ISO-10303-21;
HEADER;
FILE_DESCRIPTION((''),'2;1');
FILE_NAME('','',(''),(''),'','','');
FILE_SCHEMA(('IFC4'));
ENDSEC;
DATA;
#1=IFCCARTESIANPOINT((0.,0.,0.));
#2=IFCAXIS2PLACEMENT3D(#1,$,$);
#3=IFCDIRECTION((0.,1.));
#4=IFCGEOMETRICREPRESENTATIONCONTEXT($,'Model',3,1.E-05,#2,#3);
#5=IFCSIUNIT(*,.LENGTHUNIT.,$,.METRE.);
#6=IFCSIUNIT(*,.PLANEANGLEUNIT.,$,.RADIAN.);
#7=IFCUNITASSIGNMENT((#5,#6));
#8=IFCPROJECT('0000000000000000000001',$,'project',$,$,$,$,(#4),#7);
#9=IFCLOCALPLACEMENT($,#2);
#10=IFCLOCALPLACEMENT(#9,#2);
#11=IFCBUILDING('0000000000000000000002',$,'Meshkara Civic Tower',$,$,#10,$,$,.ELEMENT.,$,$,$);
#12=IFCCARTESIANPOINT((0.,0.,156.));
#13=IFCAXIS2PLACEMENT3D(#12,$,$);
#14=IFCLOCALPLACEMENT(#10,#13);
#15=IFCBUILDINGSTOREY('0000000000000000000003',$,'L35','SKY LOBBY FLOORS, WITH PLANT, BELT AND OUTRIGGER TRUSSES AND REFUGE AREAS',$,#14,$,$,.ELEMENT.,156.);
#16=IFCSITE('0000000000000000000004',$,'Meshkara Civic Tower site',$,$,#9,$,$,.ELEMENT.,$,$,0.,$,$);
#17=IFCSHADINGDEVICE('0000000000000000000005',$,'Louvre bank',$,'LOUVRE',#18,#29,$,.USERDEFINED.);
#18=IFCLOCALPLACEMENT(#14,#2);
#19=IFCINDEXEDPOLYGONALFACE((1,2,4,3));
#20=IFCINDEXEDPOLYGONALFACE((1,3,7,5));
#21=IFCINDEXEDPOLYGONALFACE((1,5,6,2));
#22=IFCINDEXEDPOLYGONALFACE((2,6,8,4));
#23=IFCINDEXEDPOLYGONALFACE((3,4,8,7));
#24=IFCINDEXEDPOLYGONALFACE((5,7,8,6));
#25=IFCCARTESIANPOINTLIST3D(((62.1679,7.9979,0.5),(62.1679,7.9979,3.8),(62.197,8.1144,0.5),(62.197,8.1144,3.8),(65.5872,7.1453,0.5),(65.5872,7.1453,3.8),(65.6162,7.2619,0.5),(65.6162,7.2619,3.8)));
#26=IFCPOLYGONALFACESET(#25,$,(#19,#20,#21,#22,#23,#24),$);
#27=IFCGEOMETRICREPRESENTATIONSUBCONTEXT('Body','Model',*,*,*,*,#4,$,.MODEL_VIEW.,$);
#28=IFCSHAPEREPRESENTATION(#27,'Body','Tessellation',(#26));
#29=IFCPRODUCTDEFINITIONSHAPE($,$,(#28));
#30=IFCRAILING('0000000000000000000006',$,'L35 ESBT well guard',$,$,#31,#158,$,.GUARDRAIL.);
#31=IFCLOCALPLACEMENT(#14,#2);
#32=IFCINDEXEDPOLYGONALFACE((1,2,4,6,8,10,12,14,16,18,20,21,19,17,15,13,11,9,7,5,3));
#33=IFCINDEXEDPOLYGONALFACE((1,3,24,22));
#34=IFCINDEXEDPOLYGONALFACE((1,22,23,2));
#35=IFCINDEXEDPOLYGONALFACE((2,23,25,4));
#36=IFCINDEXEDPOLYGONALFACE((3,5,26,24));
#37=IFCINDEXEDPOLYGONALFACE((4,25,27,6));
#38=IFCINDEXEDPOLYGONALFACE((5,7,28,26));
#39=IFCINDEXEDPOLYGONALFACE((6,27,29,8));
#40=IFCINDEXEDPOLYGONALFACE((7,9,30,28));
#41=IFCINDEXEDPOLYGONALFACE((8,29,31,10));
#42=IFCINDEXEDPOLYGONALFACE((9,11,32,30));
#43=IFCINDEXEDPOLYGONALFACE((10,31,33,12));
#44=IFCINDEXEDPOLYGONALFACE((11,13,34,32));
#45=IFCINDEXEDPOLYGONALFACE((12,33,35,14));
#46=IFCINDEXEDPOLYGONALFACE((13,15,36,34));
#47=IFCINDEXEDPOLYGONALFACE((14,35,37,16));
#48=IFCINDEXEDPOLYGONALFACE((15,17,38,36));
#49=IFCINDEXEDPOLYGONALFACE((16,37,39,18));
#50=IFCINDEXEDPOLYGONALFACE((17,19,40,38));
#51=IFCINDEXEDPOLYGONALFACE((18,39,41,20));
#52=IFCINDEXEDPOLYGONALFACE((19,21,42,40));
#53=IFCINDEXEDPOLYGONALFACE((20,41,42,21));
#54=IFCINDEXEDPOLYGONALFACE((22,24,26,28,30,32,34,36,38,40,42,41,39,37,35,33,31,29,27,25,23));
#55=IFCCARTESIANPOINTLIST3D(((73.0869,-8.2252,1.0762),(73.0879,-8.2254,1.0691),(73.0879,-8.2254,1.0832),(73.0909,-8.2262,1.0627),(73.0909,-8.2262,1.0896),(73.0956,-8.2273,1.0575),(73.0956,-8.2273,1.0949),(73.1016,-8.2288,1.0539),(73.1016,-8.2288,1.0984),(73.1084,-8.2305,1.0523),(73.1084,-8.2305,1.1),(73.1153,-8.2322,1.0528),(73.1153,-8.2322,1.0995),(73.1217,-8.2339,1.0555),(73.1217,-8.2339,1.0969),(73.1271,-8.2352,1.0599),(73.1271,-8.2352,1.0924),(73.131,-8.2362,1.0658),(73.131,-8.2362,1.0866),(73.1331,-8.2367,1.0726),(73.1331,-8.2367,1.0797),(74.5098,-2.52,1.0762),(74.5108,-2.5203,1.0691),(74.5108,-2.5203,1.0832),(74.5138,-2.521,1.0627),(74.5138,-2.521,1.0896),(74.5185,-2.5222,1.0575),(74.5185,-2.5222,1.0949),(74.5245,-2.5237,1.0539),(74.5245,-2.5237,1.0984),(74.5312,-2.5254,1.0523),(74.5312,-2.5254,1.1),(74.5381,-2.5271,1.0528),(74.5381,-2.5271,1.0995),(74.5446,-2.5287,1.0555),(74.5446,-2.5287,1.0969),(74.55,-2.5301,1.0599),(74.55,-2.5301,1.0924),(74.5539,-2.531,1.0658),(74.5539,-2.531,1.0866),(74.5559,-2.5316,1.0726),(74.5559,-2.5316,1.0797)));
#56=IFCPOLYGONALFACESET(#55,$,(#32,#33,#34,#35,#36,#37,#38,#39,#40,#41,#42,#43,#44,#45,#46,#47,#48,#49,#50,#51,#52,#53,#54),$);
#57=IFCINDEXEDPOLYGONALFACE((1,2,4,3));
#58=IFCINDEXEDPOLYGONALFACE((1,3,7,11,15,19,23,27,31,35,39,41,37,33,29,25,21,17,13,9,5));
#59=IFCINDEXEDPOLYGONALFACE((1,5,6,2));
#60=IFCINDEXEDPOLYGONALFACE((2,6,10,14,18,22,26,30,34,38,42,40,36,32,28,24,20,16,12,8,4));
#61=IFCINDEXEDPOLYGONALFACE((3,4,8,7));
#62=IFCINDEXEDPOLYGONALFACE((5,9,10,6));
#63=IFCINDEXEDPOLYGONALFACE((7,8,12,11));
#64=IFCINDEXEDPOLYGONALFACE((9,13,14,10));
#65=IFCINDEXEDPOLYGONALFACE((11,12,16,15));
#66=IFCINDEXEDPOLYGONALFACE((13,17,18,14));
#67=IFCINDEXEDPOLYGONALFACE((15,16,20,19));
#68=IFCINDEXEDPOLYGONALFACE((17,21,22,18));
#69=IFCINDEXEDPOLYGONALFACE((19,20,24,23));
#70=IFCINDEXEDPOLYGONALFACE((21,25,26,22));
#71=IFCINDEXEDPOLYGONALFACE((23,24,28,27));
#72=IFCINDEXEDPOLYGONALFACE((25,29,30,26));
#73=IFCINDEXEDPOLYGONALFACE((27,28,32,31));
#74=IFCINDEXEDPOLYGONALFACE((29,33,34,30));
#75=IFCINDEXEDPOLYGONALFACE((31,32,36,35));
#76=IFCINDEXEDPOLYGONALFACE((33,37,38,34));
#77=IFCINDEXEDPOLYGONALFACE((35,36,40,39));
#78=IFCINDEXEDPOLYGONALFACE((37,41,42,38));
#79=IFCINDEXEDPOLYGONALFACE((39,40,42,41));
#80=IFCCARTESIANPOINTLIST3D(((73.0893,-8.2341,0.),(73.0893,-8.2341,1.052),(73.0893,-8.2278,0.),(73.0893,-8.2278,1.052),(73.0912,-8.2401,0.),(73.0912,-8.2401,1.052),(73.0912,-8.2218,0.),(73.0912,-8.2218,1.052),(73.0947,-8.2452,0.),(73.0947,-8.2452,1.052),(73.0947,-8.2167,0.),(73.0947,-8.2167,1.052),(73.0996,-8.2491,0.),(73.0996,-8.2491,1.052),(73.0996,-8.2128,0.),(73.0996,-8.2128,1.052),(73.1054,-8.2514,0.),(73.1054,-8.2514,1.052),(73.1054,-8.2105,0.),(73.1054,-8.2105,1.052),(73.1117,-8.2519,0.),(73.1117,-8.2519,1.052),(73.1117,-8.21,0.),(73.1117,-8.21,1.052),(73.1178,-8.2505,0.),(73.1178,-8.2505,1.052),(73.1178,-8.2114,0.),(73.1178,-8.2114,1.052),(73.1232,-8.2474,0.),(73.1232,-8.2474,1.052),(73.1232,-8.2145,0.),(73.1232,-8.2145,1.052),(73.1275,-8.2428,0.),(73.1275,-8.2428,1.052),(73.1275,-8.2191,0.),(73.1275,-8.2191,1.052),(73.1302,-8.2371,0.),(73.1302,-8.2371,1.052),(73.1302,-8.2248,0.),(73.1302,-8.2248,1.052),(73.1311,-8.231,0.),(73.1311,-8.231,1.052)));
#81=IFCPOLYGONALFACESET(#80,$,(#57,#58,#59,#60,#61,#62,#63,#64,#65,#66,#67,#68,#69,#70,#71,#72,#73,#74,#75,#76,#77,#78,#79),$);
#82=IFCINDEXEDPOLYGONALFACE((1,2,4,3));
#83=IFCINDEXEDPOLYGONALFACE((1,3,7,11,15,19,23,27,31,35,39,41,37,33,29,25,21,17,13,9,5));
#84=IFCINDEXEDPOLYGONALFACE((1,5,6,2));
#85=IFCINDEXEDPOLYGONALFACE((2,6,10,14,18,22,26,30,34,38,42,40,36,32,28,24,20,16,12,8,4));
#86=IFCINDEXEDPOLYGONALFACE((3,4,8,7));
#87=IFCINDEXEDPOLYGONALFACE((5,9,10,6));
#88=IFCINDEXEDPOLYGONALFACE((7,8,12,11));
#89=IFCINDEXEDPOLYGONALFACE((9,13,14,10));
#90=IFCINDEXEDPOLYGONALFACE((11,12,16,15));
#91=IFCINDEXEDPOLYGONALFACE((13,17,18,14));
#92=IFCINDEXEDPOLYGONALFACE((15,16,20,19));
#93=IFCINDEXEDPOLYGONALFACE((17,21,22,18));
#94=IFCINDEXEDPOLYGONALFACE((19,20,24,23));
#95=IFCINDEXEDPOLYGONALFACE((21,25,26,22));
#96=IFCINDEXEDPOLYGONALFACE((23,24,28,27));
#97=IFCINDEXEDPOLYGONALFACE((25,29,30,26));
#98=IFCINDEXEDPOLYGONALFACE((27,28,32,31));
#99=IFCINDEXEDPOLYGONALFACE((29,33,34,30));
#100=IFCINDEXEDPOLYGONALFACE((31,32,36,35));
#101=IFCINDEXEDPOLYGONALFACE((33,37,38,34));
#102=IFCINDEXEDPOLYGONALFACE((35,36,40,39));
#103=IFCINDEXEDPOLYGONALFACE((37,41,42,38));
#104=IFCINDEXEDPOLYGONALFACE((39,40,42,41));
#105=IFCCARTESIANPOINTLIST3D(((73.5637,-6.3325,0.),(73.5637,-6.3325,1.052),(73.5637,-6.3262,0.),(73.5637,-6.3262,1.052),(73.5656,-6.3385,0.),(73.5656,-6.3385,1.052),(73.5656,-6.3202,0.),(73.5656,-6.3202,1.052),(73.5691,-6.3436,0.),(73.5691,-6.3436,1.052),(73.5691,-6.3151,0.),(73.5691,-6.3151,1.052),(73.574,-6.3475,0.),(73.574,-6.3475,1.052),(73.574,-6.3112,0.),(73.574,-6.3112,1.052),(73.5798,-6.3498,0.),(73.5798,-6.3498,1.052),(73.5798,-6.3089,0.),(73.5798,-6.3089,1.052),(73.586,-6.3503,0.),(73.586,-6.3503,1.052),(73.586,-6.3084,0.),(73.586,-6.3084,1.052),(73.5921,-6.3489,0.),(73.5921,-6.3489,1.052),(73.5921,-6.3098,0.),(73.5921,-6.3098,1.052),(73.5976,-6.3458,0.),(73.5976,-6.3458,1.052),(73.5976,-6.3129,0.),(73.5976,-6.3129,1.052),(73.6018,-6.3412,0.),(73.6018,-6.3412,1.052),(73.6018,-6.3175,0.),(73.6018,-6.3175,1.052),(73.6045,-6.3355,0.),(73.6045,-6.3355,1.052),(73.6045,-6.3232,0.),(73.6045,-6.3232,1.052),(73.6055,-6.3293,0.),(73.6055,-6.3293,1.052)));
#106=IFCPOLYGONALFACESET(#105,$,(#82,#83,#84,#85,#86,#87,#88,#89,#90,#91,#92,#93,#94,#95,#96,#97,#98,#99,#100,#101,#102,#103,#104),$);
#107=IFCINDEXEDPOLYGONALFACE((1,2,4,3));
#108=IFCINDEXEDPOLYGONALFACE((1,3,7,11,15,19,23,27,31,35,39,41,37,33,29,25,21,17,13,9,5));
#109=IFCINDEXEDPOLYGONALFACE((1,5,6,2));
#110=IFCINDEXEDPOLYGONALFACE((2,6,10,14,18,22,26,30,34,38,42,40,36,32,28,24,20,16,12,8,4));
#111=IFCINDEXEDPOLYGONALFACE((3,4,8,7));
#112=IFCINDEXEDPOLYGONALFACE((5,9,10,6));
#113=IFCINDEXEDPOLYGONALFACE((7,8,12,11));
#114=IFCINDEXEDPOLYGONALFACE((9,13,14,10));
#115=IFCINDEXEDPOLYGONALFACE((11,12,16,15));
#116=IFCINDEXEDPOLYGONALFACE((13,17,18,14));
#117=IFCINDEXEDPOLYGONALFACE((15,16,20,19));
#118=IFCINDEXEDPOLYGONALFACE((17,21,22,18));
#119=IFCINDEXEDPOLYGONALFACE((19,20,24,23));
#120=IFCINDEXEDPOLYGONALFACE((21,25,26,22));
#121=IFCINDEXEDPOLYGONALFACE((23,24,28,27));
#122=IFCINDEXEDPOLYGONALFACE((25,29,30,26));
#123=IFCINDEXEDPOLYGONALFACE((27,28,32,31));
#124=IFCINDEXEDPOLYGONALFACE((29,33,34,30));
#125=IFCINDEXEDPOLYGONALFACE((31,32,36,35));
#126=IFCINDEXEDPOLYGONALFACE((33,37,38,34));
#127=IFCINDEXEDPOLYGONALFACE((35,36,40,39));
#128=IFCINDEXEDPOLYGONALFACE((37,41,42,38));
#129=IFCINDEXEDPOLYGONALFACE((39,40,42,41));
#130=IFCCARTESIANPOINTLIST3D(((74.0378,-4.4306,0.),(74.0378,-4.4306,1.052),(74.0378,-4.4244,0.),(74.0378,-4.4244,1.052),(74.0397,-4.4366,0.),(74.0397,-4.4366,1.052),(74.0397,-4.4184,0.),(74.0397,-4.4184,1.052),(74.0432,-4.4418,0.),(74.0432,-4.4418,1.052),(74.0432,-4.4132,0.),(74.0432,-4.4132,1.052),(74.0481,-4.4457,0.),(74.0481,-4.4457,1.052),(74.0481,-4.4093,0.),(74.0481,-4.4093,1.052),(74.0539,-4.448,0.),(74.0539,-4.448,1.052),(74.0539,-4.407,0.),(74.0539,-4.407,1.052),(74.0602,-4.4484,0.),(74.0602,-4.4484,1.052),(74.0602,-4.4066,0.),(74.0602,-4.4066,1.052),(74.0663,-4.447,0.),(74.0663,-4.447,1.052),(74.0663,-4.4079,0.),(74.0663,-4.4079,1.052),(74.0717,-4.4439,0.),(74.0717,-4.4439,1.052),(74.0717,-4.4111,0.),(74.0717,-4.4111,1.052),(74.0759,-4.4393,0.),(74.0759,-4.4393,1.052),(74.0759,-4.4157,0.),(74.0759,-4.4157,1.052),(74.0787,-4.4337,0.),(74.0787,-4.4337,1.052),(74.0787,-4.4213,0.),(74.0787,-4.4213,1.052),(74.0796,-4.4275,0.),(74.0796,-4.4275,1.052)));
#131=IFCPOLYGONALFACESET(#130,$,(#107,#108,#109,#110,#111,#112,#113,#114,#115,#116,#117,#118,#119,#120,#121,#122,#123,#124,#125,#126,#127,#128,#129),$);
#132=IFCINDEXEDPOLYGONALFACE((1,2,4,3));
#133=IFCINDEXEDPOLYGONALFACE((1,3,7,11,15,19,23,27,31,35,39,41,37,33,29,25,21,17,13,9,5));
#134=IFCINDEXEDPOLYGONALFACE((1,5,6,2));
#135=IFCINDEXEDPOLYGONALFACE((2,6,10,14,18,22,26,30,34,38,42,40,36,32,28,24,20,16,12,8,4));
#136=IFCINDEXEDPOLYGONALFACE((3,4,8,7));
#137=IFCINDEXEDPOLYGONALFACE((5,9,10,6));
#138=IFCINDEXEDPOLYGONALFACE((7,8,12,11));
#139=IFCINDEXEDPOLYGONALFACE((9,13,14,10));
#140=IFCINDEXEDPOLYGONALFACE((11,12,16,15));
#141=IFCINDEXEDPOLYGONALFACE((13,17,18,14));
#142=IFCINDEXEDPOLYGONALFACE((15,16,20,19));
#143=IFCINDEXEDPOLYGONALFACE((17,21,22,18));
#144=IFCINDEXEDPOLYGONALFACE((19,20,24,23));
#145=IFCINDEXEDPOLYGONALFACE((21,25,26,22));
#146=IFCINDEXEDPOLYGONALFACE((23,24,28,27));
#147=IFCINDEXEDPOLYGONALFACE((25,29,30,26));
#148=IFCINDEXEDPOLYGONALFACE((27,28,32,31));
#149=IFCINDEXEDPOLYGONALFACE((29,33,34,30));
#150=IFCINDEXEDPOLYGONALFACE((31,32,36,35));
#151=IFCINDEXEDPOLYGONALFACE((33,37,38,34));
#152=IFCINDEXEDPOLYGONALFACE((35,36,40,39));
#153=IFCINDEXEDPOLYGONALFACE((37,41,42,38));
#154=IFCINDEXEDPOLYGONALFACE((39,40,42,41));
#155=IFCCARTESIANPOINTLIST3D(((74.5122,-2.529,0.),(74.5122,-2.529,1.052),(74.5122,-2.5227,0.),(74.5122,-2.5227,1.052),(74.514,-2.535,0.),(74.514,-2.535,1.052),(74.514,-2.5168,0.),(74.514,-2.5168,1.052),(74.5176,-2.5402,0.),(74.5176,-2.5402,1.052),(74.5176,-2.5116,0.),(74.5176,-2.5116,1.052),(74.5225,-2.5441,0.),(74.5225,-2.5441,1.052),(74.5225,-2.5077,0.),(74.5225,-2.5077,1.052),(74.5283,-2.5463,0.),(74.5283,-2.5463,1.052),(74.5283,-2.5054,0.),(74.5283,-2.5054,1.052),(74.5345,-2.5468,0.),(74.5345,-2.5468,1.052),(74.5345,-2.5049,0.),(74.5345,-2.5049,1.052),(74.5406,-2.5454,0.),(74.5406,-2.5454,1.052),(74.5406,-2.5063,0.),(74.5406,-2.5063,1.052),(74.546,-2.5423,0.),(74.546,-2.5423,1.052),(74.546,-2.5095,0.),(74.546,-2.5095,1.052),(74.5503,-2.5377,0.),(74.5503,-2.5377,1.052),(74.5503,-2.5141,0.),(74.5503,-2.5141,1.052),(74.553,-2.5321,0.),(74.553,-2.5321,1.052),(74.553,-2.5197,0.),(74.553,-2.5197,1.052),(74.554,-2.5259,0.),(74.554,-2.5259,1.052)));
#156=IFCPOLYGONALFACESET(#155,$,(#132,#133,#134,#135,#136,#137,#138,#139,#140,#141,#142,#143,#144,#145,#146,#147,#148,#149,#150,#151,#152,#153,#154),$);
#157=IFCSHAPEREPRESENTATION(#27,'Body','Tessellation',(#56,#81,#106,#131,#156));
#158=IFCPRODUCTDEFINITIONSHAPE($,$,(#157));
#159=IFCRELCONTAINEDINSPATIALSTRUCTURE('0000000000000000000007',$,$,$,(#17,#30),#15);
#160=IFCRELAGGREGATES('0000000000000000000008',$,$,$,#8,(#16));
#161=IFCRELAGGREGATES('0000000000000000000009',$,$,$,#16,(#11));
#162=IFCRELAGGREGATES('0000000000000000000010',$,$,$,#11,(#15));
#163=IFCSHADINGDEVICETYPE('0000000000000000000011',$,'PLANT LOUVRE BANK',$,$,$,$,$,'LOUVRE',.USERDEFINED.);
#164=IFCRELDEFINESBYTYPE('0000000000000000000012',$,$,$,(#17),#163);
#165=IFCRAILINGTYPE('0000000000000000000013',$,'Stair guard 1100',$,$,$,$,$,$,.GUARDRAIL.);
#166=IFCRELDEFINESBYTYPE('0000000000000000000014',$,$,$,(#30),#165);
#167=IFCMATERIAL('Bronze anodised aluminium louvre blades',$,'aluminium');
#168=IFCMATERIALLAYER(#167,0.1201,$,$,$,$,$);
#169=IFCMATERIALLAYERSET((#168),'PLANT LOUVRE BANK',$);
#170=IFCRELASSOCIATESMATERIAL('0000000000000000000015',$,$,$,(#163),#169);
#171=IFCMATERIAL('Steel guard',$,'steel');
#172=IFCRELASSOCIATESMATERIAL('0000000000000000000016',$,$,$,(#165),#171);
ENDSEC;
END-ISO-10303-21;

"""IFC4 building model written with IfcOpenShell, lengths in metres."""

from ifc_helpers import new_model, si_unit, direction, frame, origin, origin_2d, place, context, subcontext, project, spatial, rectangle, circle, extrude, material, layer, layer_set, type_object, element, save


model = new_model("IFC4")

# Units and contexts
model_context = context("Model", 3, precision=1e-05, world=origin(), true_north=direction((0.0, 1.0)))
body_context = subcontext(model_context, "Body", "Model", "MODEL_VIEW")
ifc_project = project(units=[si_unit("LENGTHUNIT", "METRE"), si_unit("PLANEANGLEUNIT", "RADIAN")], contexts=[model_context])

# Site, building, storey
site_placement = place(None, origin())
site = spatial("IfcSite", under=ifc_project, at=site_placement, Name="Meshkara Civic Tower site", CompositionType="ELEMENT", RefElevation=0.0)
building_placement = place(site_placement, origin())
building = spatial("IfcBuilding", under=site, at=building_placement, Name="Meshkara Civic Tower", CompositionType="ELEMENT")
storey_placement = place(building_placement, frame((0.0, 0.0, 156.0)))
storey = spatial("IfcBuildingStorey", under=building, at=storey_placement, Name="L35", Description="SKY LOBBY FLOORS, WITH PLANT, BELT AND OUTRIGGER TRUSSES AND REFUGE AREAS", CompositionType="ELEMENT", Elevation=156.0)

# Shading device
ifc_material_1 = material(Name="Bronze anodised aluminium louvre blades", Category="aluminium")
ifc_layer_1 = layer(ifc_material_1, 0.1201)
ifc_layer_set_1 = layer_set([ifc_layer_1], Name="PLANT LOUVRE BANK")
shading_device_type = type_object("IfcShadingDeviceType", Name="PLANT LOUVRE BANK", ElementType="LOUVRE", PredefinedType="USERDEFINED", material=ifc_layer_set_1)
shading_device_1_placement = place(storey_placement, frame((63.8921, 7.6299, 0.5), z_axis=(0.0, 0.0, 1.0), x_axis=(-0.970292, 0.241939, 0.0)))
element("IfcShadingDevice", 1, at=shading_device_1_placement, inside=storey, type_object=shading_device_type, Name="Louvre bank", ObjectType="LOUVRE", PredefinedType="USERDEFINED", context=body_context, shape_type="SweptSolid", body=[
    extrude(rectangle(XDim=3.5239, YDim=0.1201, at=origin_2d()), origin(), (0.0, 0.0, 1.0), 3.3),
])

# Railing
ifc_material_2 = material(Name="Steel guard", Category="steel")
railing_type = type_object("IfcRailingType", Name="Stair guard 1100", PredefinedType="GUARDRAIL", material=ifc_material_2)
railing_placement = place(storey_placement, frame((73.1101, -8.231, 0.0)))
element("IfcRailing", 2, at=railing_placement, inside=storey, type_object=railing_type, Name="L35 ESBT well guard", PredefinedType="GUARDRAIL", context=body_context, shape_type="SweptSolid", body=[
    extrude(circle(Radius=0.0239, at=origin_2d()), frame((0.0, 0.0, 1.0762), z_axis=(0.241988, 0.970279, 0.0), x_axis=(-0.970279, 0.241988, 0.0)), (0.0, 0.0, 1.0), 5.8799),
    extrude(circle(Radius=0.021, at=origin_2d()), origin(), (0.0, 0.0, 1.0), 1.052),
    extrude(circle(Radius=0.021, at=origin_2d()), frame((0.4744, 1.9016, 0.0)), (0.0, 0.0, 1.0), 1.052),
    extrude(circle(Radius=0.021, at=origin_2d()), frame((0.9485, 3.8035, 0.0)), (0.0, 0.0, 1.0), 1.052),
    extrude(circle(Radius=0.021, at=origin_2d()), frame((1.4229, 5.7051, 0.0)), (0.0, 0.0, 1.0), 1.052),
])

save(model, "model.ifc")
